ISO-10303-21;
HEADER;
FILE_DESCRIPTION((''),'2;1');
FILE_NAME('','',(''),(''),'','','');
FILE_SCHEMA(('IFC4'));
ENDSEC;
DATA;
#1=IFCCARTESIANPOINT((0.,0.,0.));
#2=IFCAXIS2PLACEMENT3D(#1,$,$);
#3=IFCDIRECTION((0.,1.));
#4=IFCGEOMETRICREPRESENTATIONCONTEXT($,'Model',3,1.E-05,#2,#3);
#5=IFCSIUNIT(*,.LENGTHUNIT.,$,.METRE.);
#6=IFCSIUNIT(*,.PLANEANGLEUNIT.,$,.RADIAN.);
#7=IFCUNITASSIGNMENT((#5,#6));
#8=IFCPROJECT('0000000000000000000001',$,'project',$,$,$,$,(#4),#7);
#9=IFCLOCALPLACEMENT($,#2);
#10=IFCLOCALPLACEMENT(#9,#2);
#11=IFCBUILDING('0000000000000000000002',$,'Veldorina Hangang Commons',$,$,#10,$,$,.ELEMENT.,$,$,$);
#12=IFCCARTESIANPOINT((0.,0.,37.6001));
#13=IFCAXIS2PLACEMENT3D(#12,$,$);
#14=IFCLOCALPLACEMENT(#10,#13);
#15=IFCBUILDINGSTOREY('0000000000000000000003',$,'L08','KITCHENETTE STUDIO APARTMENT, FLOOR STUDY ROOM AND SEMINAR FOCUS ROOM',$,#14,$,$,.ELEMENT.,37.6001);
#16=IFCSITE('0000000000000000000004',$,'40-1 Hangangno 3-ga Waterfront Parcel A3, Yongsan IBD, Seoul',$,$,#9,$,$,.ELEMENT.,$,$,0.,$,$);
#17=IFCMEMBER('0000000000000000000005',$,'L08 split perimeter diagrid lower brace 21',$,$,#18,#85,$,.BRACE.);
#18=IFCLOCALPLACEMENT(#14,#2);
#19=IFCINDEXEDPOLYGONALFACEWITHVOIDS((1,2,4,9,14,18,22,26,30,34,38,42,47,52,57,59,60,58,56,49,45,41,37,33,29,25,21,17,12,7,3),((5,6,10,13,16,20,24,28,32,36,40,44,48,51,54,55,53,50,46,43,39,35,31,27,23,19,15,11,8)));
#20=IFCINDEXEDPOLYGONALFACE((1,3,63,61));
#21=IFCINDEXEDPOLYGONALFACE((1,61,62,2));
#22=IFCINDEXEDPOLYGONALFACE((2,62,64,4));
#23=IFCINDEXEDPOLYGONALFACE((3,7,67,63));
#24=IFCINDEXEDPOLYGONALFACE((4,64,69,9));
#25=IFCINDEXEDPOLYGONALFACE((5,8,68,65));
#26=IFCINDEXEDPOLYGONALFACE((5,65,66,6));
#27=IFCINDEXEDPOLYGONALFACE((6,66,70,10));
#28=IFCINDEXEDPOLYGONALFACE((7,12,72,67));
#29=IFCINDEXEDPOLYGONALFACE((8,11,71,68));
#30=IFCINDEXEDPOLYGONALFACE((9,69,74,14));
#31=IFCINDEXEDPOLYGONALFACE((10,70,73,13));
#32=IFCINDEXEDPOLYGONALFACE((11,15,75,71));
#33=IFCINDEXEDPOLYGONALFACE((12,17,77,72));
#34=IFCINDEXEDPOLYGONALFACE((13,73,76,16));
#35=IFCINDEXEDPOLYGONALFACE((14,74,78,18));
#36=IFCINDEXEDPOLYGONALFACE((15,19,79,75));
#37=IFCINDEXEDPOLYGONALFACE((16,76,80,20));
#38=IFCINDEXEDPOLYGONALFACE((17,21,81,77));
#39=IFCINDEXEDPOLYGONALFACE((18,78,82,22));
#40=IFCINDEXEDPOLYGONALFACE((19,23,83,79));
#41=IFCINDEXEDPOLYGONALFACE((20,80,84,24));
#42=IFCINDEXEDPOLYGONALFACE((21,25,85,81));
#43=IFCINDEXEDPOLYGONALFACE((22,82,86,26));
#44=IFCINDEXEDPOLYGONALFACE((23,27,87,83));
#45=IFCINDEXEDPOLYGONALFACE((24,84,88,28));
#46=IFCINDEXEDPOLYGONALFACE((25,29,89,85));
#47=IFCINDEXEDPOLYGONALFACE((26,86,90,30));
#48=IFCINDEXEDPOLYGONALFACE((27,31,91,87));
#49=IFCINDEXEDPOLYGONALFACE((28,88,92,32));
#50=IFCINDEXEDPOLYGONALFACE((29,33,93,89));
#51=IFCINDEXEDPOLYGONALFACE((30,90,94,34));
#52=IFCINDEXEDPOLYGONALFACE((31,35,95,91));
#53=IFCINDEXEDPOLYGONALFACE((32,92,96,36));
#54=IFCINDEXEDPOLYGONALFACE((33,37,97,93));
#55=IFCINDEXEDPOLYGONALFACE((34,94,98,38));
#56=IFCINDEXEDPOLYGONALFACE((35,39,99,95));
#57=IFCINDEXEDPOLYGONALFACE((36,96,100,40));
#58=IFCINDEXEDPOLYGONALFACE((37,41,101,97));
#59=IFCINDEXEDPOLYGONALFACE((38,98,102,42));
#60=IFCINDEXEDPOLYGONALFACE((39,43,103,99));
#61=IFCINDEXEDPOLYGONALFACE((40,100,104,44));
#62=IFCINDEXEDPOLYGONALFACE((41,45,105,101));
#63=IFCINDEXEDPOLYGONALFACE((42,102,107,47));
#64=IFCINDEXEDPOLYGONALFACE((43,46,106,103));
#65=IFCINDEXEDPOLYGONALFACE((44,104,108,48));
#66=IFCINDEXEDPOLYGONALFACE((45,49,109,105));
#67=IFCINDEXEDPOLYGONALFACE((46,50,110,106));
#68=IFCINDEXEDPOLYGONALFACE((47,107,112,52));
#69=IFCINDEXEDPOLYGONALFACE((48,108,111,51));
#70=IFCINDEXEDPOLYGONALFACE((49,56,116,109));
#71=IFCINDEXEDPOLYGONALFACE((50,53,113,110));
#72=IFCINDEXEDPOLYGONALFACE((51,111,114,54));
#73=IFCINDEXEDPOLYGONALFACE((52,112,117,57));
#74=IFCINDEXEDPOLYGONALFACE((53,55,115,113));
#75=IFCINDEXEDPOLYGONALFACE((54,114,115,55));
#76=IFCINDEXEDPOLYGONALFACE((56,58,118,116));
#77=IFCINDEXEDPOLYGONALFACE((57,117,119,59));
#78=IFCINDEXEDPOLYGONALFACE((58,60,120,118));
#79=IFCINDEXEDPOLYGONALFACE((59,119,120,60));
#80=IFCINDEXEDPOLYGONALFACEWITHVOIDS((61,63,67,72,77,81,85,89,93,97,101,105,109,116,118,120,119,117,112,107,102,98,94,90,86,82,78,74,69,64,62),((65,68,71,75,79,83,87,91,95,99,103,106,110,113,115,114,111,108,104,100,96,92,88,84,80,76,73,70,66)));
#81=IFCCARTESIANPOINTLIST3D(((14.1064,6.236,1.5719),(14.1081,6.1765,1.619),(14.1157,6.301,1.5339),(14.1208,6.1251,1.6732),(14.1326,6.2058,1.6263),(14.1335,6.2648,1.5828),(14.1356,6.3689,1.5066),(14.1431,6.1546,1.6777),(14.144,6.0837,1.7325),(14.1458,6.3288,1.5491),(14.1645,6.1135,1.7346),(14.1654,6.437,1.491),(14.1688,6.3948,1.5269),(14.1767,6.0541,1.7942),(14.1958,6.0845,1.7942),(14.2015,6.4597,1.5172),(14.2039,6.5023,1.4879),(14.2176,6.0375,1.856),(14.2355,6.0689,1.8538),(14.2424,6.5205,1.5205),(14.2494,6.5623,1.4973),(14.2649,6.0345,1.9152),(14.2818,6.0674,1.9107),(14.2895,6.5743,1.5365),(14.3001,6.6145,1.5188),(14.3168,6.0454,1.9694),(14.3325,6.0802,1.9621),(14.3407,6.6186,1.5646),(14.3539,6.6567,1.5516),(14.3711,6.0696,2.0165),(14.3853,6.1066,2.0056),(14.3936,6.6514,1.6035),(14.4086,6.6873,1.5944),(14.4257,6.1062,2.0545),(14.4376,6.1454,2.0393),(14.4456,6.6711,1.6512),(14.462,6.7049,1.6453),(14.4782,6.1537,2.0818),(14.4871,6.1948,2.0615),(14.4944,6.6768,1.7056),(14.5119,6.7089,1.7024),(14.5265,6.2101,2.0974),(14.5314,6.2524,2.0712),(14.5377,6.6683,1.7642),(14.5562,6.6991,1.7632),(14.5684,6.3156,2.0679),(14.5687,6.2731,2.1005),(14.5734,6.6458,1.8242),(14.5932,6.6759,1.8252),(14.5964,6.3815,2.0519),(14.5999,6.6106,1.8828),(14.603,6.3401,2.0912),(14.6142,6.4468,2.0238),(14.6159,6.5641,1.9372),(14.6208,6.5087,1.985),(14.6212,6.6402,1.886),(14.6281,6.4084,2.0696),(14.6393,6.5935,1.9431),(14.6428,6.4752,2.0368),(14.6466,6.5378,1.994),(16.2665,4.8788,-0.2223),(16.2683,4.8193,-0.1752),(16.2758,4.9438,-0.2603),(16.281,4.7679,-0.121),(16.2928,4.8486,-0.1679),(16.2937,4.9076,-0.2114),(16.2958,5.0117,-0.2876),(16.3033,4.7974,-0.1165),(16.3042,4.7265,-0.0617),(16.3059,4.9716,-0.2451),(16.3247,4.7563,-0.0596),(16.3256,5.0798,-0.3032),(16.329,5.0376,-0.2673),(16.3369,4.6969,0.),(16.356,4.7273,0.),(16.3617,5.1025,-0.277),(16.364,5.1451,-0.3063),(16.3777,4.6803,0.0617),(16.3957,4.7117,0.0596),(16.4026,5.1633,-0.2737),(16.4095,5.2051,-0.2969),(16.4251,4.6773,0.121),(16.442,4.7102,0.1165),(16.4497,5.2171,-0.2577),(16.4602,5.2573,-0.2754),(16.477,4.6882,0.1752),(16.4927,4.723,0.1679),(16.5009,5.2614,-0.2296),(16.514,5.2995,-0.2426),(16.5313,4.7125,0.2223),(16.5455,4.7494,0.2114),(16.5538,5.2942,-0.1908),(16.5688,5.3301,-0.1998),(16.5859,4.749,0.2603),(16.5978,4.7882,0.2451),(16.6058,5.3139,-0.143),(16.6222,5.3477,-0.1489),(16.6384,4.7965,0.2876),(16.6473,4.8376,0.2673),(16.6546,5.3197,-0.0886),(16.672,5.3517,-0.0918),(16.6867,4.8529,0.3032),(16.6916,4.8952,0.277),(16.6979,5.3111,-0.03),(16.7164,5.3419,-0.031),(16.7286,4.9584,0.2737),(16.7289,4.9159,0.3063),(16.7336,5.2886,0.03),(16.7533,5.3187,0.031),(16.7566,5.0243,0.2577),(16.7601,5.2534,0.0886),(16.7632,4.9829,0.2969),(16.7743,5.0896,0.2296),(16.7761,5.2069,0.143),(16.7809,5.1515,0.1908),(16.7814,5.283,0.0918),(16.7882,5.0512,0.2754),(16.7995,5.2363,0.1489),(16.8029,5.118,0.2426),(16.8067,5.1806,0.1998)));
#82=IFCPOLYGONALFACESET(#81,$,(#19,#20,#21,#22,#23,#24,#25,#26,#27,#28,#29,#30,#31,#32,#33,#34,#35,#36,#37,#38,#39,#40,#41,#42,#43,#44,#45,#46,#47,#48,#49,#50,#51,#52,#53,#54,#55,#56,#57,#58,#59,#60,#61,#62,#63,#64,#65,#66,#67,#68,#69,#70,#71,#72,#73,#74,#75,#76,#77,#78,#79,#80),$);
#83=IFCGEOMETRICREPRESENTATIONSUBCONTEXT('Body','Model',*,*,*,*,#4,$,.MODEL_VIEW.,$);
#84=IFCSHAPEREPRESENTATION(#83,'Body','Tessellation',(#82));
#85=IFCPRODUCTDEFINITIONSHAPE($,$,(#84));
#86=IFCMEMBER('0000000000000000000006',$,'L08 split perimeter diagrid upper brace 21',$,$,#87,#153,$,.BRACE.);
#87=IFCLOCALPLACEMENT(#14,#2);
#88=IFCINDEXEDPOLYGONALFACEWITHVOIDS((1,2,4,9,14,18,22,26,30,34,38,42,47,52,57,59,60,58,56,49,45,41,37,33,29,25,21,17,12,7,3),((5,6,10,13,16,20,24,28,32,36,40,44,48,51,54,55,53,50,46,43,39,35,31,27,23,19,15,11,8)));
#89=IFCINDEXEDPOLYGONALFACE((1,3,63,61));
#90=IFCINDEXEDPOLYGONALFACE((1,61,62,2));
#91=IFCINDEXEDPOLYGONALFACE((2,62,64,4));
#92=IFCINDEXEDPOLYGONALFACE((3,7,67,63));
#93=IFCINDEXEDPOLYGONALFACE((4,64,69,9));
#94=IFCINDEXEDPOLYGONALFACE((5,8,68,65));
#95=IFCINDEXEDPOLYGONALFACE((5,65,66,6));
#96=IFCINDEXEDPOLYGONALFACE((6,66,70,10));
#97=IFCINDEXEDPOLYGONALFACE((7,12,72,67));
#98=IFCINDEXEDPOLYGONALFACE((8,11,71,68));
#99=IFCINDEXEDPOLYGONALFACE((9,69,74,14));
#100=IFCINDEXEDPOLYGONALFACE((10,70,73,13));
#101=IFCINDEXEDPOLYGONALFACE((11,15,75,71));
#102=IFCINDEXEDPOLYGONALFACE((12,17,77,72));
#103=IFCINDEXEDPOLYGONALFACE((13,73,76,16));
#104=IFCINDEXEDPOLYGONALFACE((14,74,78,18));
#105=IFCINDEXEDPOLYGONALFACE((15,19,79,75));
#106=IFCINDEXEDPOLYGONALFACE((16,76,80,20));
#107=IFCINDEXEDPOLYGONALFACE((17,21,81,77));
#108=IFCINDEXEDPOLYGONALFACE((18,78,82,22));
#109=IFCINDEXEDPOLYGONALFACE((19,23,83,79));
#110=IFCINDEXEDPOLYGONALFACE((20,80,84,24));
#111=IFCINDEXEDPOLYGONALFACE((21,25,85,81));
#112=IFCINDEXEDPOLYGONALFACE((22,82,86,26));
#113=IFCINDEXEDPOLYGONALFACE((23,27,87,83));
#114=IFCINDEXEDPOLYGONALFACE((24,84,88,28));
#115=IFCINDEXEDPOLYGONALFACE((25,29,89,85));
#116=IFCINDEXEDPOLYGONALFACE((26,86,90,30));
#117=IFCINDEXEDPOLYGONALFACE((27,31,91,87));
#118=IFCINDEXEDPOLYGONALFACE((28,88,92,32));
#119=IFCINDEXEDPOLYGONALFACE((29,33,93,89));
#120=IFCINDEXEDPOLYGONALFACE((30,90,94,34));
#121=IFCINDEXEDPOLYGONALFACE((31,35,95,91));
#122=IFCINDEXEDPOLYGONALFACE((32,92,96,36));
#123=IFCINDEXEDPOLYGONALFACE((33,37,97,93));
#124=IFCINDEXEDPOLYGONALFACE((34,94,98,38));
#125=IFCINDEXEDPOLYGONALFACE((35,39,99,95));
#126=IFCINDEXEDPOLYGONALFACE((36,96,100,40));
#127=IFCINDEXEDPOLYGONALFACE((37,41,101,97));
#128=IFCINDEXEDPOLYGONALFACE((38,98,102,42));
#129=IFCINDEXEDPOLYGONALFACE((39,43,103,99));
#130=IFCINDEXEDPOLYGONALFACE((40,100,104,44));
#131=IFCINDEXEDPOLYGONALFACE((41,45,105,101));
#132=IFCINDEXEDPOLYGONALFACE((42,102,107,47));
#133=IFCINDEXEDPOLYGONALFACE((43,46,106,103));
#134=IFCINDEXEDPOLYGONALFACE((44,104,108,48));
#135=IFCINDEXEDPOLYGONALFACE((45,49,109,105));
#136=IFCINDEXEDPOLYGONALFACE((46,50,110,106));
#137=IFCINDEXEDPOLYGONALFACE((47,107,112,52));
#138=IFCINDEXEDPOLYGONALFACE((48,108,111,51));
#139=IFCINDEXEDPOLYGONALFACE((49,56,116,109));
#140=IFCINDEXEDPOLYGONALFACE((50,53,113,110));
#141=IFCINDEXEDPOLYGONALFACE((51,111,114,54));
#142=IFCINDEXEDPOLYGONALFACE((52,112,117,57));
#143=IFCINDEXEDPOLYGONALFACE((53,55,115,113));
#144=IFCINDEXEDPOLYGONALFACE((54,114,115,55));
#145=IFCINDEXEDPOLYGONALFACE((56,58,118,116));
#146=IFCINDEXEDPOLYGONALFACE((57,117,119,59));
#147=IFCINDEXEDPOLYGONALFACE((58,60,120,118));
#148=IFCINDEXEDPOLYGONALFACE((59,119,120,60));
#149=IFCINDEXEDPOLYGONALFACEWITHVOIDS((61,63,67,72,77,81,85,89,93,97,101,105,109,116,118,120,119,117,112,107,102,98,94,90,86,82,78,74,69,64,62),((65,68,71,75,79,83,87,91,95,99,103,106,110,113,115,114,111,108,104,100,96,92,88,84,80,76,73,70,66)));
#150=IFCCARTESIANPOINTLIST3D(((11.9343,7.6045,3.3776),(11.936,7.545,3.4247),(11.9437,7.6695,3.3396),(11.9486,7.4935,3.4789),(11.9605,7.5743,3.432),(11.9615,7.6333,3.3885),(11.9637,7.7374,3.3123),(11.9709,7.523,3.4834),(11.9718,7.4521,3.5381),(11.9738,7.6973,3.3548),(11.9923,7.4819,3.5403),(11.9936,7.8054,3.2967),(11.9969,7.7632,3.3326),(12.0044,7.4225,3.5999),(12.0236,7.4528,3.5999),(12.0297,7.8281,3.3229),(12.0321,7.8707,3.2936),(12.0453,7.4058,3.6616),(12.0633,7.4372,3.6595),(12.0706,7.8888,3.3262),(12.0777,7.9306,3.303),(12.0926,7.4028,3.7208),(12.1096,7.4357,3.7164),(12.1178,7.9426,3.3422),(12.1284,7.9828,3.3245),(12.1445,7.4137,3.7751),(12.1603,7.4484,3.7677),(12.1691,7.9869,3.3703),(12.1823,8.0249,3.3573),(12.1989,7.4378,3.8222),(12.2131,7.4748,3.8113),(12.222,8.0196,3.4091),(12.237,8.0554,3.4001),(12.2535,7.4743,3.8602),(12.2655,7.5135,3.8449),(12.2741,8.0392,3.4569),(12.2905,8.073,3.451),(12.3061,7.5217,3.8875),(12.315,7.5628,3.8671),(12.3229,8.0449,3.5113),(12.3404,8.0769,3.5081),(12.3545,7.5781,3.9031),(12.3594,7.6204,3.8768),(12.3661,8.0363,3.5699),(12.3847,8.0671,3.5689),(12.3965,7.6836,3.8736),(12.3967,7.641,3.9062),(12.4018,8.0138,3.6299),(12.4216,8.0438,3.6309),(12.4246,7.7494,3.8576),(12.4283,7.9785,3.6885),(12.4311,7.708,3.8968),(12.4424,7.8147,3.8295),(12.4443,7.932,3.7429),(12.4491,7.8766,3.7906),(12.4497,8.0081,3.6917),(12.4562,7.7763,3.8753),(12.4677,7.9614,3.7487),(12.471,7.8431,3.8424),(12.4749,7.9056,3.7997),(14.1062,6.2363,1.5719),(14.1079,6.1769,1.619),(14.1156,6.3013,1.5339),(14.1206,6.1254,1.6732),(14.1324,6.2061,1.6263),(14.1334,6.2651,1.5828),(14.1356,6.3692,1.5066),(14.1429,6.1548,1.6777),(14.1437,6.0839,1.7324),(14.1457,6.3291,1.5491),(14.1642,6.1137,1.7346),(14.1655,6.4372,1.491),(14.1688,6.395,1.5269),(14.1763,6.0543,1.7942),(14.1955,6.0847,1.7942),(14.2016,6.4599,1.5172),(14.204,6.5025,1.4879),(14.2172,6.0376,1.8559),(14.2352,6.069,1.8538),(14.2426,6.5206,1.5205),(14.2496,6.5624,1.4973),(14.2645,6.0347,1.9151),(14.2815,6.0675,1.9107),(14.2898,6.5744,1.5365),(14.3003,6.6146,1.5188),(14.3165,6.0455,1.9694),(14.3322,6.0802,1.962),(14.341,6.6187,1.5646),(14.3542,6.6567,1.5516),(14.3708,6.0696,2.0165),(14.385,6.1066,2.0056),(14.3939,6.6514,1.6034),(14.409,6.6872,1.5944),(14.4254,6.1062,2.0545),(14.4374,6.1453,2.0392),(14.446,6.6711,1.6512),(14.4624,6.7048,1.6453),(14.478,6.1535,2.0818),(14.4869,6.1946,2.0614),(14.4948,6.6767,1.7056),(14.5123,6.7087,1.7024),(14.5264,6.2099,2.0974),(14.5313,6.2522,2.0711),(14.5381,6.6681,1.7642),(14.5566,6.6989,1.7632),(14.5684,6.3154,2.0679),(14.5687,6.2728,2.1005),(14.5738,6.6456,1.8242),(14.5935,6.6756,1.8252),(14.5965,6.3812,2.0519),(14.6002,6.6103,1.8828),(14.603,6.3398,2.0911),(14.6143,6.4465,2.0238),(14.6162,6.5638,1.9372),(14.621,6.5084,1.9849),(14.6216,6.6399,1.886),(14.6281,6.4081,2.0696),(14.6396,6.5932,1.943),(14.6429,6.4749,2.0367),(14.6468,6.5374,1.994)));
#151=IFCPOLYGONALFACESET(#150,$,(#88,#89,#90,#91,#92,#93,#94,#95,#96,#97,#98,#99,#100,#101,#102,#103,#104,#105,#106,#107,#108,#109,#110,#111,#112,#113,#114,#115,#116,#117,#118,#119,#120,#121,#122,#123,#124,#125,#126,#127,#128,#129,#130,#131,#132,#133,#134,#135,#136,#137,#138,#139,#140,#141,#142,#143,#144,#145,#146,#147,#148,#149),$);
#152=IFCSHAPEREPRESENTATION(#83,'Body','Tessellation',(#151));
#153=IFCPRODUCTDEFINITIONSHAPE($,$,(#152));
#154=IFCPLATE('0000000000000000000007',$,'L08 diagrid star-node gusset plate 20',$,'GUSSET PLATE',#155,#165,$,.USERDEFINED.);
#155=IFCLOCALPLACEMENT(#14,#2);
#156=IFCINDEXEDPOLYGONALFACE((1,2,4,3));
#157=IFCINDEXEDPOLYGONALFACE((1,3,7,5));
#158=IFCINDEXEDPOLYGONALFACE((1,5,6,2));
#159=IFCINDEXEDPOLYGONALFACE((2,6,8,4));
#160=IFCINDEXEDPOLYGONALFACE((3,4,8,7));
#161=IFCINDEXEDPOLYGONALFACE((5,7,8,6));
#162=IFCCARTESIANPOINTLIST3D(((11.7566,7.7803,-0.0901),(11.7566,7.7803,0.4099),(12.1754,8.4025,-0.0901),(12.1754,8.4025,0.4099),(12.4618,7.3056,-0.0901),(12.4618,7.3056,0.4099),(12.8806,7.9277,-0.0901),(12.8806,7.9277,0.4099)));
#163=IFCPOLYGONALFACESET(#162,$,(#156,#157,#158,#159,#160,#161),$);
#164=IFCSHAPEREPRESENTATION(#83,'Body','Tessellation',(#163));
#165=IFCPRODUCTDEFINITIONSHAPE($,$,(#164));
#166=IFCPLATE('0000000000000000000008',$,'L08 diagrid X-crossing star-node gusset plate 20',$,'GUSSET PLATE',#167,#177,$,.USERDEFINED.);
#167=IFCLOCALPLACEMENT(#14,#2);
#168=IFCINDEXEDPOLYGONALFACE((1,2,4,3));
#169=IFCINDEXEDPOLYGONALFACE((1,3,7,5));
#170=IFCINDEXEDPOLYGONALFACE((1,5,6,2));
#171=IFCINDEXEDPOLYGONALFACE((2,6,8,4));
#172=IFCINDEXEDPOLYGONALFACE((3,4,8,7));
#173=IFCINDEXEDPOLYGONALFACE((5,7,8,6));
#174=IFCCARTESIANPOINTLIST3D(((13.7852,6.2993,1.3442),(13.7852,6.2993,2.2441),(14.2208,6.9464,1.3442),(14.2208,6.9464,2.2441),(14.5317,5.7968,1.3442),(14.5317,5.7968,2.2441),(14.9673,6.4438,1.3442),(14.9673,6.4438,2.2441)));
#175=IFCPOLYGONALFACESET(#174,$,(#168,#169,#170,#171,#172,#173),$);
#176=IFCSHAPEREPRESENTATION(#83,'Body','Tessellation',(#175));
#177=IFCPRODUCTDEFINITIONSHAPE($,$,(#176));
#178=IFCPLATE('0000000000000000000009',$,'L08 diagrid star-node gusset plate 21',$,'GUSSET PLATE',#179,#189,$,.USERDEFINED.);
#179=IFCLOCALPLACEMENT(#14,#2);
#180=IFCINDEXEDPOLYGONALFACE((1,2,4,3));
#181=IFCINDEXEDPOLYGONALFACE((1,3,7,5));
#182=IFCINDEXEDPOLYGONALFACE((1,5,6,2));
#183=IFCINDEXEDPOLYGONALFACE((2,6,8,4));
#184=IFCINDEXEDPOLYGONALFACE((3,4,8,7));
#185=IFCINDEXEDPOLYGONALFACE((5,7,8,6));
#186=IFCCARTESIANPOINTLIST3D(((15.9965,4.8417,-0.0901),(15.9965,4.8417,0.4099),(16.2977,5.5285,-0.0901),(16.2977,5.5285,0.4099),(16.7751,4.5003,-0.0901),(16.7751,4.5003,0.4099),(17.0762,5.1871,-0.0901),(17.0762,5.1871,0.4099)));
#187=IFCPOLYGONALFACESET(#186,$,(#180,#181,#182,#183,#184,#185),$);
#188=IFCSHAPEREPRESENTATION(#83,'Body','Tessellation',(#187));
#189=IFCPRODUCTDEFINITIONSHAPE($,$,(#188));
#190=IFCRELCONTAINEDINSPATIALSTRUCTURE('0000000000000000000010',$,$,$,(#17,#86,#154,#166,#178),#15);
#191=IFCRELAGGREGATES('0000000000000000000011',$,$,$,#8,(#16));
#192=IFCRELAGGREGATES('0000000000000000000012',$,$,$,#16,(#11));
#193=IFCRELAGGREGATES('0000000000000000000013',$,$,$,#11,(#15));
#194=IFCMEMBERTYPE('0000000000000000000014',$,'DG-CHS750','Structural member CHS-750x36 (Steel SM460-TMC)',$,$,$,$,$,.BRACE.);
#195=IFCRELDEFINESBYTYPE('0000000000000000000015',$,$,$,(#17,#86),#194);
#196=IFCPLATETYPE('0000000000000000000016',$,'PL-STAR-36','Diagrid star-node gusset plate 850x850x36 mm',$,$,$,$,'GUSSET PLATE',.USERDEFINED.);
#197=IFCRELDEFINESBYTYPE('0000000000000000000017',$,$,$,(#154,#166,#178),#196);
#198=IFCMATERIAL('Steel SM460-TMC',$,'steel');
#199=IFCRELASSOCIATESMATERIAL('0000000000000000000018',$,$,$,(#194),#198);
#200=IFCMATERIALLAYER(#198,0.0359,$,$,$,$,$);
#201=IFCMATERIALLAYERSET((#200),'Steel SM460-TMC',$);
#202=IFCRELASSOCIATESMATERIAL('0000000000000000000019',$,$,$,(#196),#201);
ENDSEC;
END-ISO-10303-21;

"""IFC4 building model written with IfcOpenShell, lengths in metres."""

from ifc_helpers import new_model, si_unit, direction, frame, origin, origin_2d, place, context, subcontext, project, spatial, rectangle, hollow_circle, extrude, material, layer, layer_set, material_profile, profile_set, type_object, element, save


model = new_model("IFC4")

# Units and contexts
model_context = context("Model", 3, precision=1e-05, world=origin(), true_north=direction((0.0, 1.0)))
body_context = subcontext(model_context, "Body", "Model", "MODEL_VIEW")
ifc_project = project(units=[si_unit("LENGTHUNIT", "METRE"), si_unit("PLANEANGLEUNIT", "RADIAN")], contexts=[model_context])

# Site, building, storey
site_placement = place(None, origin())
site = spatial("IfcSite", under=ifc_project, at=site_placement, Name="40-1 Hangangno 3-ga Waterfront Parcel A3, Yongsan IBD, Seoul", CompositionType="ELEMENT", RefElevation=0.0)
building_placement = place(site_placement, origin())
building = spatial("IfcBuilding", under=site, at=building_placement, Name="Veldorina Hangang Commons", CompositionType="ELEMENT")
storey_placement = place(building_placement, frame((0.0, 0.0, 37.6001)))
storey = spatial("IfcBuildingStorey", under=building, at=storey_placement, Name="L08", Description="KITCHENETTE STUDIO APARTMENT, FLOOR STUDY ROOM AND SEMINAR FOCUS ROOM", CompositionType="ELEMENT", Elevation=37.6001)

# Shared definitions
ifc_material_1 = material(Name="Steel SM460-TMC", Category="steel")

# Members
ifc_material_profile_1 = material_profile(ifc_material_1, hollow_circle(Radius=0.375, WallThickness=0.0359, at=origin_2d()), Name="CHS-750x36")
ifc_profile_set_1 = profile_set([ifc_material_profile_1], Name="Steel SM460-TMC")
member_type = type_object("IfcMemberType", Name="DG-CHS750", Description="Structural member CHS-750x36 (Steel SM460-TMC)", PredefinedType="BRACE", material=ifc_profile_set_1)
member_1_placement = place(storey_placement, frame((16.5364, 5.0144, 0.0), z_axis=(-0.69261, 0.435151, 0.57527), x_axis=(-0.531993, -0.846749, 0.0)))
element("IfcMember", 1, at=member_1_placement, inside=storey, type_object=member_type, Name="L08 split perimeter diagrid lower brace 21", PredefinedType="BRACE", context=body_context, shape_type="SweptSolid", body=[
    extrude(hollow_circle(Radius=0.375, WallThickness=0.0359, at=origin_2d()), origin(), (0.0, 0.0, 1.0), 3.1189),
])
member_2_placement = place(storey_placement, frame((14.3762, 6.3716, 1.7942), z_axis=(-0.69204, 0.435948, 0.575352), x_axis=(-0.533005, -0.846112, 0.0)))
element("IfcMember", 2, at=member_2_placement, inside=storey, type_object=member_type, Name="L08 split perimeter diagrid upper brace 21", PredefinedType="BRACE", context=body_context, shape_type="SweptSolid", body=[
    extrude(hollow_circle(Radius=0.375, WallThickness=0.0359, at=origin_2d()), origin(), (0.0, 0.0, 1.0), 3.1384),
])

# Plates
ifc_layer_1 = layer(ifc_material_1, 0.0359)
ifc_layer_set_1 = layer_set([ifc_layer_1], Name="Steel SM460-TMC")
plate_type_1 = type_object("IfcPlateType", Name="PL-STAR-36", Description="Diagrid star-node gusset plate 850x850x36 mm", ElementType="GUSSET PLATE", PredefinedType="USERDEFINED", material=ifc_layer_set_1)
plate_1_placement = place(storey_placement, frame((12.3186, 7.854, -0.0901), z_axis=(0.0, 0.0, 1.0), x_axis=(0.829525, -0.558469, 0.0)))
element("IfcPlate", 3, at=plate_1_placement, inside=storey, type_object=plate_type_1, Name="L08 diagrid star-node gusset plate 20", ObjectType="GUSSET PLATE", PredefinedType="USERDEFINED", context=body_context, shape_type="SweptSolid", body=[
    extrude(rectangle(XDim=0.8501, YDim=0.75, at=origin_2d()), origin(), (0.0, 0.0, 1.0), 0.5),
])
plate_2_placement = place(storey_placement, frame((14.3762, 6.3716, 1.3442), z_axis=(0.0, 0.0, 1.0), x_axis=(0.829525, -0.558469, 0.0)))
element("IfcPlate", 4, at=plate_2_placement, inside=storey, type_object=plate_type_1, Name="L08 diagrid X-crossing star-node gusset plate 20", ObjectType="GUSSET PLATE", PredefinedType="USERDEFINED", context=body_context, shape_type="SweptSolid", body=[
    extrude(rectangle(XDim=0.8999, YDim=0.78, at=origin_2d()), origin(), (0.0, 0.0, 1.0), 0.8999),
])
plate_3_placement = place(storey_placement, frame((16.5364, 5.0144, -0.0901), z_axis=(0.0, 0.0, 1.0), x_axis=(0.915824, -0.40158, 0.0)))
element("IfcPlate", 5, at=plate_3_placement, inside=storey, type_object=plate_type_1, Name="L08 diagrid star-node gusset plate 21", ObjectType="GUSSET PLATE", PredefinedType="USERDEFINED", context=body_context, shape_type="SweptSolid", body=[
    extrude(rectangle(XDim=0.8501, YDim=0.75, at=origin_2d()), origin(), (0.0, 0.0, 1.0), 0.5),
])

save(model, "model.ifc")
